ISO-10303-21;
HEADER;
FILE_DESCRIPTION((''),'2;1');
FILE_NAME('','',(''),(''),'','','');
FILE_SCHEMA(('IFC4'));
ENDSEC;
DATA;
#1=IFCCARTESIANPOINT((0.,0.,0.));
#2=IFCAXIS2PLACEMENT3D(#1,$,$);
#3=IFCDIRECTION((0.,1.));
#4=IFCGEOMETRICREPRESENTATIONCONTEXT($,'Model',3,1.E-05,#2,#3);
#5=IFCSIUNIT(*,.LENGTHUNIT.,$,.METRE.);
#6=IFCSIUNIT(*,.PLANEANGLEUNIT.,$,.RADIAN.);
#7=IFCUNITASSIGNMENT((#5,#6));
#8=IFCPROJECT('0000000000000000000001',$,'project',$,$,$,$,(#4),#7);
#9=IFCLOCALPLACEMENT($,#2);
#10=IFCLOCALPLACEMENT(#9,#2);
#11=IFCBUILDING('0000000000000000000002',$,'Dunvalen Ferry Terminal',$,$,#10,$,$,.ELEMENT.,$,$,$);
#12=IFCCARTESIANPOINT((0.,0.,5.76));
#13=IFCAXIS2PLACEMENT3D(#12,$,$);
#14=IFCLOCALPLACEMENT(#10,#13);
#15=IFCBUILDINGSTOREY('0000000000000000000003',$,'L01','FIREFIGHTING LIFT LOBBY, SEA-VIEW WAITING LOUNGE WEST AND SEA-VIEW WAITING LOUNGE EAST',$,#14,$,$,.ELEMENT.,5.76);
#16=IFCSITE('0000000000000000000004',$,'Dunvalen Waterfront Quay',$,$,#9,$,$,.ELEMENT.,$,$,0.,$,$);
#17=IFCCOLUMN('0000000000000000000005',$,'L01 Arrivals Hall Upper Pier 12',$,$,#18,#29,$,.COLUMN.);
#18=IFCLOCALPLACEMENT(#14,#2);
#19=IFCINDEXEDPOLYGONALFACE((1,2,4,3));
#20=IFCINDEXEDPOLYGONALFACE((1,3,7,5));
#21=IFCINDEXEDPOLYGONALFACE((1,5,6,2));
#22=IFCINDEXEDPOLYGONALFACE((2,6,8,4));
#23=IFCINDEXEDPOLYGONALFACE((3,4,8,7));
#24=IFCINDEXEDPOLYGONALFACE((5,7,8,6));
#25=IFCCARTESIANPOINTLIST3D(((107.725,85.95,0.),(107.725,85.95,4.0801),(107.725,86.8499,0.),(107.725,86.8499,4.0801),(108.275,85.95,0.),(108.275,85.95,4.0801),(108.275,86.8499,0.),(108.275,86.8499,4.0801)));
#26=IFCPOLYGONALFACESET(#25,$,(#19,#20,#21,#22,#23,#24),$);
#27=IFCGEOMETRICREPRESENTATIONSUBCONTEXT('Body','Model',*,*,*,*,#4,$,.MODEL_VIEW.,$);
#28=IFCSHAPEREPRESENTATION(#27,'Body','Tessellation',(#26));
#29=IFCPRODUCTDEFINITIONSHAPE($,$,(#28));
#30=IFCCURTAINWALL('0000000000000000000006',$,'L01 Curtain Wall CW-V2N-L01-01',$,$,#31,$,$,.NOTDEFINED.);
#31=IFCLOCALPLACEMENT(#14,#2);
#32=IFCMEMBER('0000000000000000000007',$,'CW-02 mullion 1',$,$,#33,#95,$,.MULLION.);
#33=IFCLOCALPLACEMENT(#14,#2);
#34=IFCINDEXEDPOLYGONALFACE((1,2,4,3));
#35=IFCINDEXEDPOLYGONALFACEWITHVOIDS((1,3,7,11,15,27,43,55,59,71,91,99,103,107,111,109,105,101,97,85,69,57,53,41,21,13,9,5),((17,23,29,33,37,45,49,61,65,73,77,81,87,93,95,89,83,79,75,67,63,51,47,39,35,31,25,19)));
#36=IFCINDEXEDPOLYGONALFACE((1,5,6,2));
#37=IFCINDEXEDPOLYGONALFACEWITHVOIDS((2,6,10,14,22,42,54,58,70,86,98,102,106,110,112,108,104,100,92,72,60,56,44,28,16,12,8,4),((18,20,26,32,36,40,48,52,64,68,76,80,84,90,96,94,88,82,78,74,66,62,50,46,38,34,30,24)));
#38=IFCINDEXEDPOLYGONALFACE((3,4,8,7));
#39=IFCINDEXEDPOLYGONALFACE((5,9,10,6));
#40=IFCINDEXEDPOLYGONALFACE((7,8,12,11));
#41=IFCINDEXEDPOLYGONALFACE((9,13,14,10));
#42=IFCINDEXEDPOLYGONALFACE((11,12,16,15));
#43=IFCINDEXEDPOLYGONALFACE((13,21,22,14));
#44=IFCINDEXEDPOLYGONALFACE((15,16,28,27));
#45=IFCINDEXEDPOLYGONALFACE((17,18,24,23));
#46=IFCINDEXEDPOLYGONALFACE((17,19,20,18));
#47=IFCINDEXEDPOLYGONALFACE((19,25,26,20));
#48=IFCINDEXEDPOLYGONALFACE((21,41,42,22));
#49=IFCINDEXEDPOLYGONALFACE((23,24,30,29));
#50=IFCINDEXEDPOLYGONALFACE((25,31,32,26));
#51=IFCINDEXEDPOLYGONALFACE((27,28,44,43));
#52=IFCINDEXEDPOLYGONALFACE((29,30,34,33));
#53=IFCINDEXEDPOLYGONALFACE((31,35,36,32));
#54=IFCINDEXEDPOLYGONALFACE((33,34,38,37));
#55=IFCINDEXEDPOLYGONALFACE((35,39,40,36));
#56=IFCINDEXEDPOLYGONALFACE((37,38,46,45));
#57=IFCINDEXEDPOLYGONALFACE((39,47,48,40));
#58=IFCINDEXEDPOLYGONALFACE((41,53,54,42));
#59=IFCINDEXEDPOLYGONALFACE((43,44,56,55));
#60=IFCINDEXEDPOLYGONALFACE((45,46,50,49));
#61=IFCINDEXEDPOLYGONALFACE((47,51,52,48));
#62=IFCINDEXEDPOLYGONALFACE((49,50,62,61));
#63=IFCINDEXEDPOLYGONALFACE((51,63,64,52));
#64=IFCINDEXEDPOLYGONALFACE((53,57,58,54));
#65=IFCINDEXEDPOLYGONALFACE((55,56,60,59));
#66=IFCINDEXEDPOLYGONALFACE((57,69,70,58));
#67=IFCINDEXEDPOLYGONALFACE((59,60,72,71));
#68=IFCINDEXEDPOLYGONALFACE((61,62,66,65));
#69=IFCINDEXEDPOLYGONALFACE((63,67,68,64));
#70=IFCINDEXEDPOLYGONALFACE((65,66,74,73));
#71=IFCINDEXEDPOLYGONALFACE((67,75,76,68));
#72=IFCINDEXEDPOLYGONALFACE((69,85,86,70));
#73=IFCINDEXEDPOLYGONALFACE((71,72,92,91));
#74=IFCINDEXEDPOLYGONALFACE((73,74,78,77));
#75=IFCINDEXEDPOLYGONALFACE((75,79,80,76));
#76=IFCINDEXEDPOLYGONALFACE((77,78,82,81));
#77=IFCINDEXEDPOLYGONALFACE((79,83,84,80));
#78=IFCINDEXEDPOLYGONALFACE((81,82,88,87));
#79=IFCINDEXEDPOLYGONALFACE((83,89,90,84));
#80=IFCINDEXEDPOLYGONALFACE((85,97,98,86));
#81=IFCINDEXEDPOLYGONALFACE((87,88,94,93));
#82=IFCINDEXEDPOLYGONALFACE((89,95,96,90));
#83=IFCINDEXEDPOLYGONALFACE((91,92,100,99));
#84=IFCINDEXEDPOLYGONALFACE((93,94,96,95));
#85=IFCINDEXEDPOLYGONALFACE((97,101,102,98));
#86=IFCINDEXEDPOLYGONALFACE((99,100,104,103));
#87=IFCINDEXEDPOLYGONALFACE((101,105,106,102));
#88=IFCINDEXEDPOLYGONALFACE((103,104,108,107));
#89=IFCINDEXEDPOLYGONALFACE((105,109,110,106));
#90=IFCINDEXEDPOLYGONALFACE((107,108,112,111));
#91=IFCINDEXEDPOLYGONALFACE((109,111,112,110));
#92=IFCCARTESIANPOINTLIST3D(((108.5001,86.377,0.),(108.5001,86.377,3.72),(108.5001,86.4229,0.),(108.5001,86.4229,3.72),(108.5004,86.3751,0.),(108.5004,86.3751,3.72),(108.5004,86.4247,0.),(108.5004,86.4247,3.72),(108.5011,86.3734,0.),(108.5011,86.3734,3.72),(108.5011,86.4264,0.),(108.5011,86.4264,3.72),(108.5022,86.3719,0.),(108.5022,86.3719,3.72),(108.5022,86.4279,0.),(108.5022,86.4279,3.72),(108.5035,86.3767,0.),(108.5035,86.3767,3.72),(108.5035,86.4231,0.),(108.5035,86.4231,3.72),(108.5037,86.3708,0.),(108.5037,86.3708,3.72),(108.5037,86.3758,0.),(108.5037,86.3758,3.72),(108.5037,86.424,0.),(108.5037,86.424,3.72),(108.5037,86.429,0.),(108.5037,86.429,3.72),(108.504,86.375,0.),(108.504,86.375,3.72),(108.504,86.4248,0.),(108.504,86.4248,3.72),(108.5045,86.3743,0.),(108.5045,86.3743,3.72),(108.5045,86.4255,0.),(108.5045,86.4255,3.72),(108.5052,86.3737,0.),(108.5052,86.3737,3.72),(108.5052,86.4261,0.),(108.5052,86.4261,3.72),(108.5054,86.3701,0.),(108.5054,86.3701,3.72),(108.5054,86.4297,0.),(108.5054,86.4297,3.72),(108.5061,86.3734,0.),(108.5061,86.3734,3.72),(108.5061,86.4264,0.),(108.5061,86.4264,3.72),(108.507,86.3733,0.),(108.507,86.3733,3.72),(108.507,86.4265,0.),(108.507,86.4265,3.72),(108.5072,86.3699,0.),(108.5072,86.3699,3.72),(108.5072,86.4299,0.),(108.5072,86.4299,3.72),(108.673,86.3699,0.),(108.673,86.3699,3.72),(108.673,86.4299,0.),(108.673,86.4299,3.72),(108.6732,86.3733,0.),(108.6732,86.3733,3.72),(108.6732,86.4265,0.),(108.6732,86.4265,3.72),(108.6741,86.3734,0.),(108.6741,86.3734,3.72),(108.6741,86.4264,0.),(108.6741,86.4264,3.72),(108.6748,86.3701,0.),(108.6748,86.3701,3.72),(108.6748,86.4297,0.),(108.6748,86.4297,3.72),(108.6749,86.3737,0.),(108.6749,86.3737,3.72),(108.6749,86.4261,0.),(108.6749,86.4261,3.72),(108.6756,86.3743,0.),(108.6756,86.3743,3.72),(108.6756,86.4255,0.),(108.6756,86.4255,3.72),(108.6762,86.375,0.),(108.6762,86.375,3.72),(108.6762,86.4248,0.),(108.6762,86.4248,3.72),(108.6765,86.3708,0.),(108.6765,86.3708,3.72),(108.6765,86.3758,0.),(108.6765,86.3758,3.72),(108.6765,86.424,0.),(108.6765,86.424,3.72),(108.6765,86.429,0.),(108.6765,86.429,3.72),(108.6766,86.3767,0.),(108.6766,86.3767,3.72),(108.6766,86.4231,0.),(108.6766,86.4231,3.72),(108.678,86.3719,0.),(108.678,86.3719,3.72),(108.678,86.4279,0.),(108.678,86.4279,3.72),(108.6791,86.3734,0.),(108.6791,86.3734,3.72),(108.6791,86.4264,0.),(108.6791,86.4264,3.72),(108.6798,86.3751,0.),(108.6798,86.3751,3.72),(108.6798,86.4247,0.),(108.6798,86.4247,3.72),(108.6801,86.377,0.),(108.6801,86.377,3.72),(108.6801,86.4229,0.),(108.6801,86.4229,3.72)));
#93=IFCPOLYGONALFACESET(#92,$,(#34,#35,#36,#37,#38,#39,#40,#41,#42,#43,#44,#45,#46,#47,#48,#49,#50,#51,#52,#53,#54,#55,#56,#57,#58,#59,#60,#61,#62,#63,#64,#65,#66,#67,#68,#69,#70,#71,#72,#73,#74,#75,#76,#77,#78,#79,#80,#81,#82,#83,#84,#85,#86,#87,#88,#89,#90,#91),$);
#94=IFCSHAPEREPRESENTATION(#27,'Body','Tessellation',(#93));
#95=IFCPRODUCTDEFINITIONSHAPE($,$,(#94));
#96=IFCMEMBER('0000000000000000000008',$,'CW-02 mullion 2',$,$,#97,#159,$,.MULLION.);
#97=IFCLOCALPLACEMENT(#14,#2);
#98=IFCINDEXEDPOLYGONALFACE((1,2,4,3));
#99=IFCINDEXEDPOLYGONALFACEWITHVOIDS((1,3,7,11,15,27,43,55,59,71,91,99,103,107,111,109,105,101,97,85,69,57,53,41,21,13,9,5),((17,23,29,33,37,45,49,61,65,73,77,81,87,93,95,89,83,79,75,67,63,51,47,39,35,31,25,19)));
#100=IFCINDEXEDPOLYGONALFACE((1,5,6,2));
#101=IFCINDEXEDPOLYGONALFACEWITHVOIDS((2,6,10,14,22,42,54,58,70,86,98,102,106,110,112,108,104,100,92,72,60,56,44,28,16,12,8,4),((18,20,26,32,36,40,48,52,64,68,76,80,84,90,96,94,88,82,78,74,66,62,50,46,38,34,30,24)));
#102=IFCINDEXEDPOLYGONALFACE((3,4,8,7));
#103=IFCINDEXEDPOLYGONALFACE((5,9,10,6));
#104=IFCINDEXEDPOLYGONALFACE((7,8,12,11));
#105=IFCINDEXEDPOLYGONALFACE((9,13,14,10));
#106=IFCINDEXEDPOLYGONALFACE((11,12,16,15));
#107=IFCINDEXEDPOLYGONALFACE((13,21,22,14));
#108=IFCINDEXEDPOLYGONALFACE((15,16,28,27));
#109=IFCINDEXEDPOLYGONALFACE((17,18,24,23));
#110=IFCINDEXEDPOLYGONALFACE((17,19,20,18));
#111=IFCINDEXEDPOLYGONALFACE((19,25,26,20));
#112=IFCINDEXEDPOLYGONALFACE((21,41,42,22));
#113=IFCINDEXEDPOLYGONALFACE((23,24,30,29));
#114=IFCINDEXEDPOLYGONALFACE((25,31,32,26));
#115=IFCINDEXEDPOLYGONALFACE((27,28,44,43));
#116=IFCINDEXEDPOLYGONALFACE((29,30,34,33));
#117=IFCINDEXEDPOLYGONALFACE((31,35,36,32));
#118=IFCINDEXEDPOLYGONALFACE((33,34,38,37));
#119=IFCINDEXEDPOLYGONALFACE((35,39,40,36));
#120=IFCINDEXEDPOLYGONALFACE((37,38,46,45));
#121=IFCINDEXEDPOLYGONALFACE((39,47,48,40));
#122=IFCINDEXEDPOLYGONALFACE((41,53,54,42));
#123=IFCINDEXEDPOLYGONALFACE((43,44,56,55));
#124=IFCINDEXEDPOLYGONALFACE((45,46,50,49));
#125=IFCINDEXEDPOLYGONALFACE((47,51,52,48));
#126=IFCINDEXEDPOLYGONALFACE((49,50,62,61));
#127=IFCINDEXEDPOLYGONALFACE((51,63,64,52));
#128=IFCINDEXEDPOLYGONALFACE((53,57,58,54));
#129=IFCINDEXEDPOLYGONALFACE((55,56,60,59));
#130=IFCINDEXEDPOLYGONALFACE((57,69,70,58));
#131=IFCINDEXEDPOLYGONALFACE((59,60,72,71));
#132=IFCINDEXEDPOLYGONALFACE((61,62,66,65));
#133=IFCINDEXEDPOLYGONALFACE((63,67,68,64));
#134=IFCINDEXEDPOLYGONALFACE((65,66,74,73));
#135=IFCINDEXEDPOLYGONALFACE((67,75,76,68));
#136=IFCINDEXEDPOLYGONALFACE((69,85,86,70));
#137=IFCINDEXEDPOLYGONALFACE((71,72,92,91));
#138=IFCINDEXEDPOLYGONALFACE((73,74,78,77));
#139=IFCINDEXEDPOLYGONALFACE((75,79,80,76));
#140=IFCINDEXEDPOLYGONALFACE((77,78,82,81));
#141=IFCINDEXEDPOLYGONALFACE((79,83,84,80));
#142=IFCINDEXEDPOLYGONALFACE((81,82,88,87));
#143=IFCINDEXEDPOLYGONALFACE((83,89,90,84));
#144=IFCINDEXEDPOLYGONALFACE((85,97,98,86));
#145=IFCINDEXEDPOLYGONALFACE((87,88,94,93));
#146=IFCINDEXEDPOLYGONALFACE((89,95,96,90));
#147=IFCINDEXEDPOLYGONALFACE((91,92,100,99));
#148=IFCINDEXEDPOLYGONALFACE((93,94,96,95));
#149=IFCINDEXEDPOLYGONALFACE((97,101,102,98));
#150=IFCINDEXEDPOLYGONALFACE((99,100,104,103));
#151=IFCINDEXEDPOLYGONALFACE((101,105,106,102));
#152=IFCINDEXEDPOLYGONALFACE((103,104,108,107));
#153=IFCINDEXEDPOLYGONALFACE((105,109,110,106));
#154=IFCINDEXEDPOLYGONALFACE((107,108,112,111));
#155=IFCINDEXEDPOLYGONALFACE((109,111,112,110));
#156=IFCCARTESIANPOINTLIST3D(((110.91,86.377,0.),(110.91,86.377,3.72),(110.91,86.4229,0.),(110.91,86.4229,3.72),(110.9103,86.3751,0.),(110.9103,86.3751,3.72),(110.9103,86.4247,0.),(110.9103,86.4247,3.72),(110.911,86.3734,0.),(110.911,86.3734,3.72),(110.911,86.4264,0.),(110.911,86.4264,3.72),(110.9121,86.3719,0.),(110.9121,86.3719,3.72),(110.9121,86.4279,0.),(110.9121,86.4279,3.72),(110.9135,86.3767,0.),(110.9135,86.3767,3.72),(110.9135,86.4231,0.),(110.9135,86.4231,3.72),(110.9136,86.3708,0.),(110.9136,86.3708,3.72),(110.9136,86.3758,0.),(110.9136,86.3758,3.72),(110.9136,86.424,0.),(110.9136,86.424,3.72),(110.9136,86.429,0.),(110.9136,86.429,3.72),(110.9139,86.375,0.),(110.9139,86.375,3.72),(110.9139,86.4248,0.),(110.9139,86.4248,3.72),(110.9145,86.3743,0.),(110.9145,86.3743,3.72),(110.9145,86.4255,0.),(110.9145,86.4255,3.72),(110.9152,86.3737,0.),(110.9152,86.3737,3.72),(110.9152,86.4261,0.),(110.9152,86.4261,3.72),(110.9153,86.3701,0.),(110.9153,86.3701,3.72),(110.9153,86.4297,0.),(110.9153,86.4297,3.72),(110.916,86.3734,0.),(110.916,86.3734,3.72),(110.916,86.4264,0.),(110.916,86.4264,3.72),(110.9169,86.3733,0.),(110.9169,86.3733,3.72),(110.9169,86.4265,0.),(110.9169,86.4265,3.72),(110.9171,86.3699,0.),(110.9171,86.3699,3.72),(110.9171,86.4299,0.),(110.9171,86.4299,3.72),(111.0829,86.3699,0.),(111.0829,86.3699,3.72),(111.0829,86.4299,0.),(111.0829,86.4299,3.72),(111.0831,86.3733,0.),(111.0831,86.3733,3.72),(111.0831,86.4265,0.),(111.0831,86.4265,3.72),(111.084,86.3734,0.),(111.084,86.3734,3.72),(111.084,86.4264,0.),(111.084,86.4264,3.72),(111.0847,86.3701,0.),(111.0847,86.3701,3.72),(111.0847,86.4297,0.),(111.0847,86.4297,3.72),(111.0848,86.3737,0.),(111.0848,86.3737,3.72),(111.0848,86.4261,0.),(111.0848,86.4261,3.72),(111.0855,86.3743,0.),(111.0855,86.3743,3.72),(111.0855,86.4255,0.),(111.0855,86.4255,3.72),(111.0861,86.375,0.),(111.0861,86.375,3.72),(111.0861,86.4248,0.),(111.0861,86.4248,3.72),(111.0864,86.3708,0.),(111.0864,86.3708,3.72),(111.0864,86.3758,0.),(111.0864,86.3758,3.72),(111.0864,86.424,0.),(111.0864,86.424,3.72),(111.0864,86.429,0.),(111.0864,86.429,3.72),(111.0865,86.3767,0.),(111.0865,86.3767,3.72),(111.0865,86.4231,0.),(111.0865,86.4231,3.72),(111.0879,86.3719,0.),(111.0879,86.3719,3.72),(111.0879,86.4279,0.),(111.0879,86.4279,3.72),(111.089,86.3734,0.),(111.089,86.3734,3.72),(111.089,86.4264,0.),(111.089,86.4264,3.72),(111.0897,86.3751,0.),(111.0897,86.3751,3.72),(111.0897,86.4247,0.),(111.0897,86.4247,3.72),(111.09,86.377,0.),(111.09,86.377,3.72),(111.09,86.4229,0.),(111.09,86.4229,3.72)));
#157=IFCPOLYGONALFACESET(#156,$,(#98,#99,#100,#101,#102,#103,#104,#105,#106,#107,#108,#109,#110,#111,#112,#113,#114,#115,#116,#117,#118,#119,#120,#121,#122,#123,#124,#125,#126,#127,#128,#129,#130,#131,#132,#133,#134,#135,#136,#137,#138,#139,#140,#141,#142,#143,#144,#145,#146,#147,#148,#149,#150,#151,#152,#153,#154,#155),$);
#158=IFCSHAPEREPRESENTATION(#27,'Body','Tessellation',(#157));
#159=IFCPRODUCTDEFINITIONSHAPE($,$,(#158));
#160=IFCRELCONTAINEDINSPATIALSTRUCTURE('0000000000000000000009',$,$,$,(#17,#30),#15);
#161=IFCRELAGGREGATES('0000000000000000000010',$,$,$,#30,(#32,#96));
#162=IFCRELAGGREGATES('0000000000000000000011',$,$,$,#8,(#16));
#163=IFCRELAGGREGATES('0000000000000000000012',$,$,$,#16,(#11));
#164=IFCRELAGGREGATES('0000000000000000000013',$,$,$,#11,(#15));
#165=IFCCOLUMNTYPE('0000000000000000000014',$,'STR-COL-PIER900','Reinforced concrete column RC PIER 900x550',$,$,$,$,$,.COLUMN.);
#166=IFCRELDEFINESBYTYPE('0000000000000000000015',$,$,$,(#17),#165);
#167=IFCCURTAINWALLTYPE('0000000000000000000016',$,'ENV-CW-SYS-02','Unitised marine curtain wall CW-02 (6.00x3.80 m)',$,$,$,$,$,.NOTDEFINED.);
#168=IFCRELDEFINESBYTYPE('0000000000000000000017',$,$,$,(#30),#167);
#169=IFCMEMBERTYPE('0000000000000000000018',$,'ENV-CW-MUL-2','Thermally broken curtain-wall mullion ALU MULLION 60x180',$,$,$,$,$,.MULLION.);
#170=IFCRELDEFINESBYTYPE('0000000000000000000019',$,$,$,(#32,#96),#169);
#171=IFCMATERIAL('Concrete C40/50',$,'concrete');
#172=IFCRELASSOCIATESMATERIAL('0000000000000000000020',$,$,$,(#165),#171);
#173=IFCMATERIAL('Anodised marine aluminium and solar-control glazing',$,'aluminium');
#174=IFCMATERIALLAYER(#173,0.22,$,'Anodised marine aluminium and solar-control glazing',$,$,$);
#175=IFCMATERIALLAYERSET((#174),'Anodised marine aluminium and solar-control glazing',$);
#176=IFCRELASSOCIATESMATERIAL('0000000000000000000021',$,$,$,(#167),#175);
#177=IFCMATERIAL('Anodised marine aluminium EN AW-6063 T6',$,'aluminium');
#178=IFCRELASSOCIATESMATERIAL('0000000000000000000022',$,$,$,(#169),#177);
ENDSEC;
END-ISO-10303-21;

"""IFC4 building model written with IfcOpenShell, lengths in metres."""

from ifc_helpers import new_model, si_unit, direction, frame, origin, origin_2d, place, context, subcontext, project, spatial, rectangle, hollow_rectangle, extrude, material, layer, layer_set, material_profile, profile_set, type_object, element, aggregate, save


model = new_model("IFC4")

# Units and contexts
model_context = context("Model", 3, precision=1e-05, world=origin(), true_north=direction((0.0, 1.0)))
body_context = subcontext(model_context, "Body", "Model", "MODEL_VIEW")
ifc_project = project(units=[si_unit("LENGTHUNIT", "METRE"), si_unit("PLANEANGLEUNIT", "RADIAN")], contexts=[model_context])

# Site, building, storey
site_placement = place(None, origin())
site = spatial("IfcSite", under=ifc_project, at=site_placement, Name="Dunvalen Waterfront Quay", CompositionType="ELEMENT", RefElevation=0.0)
building_placement = place(site_placement, origin())
building = spatial("IfcBuilding", under=site, at=building_placement, Name="Dunvalen Ferry Terminal", CompositionType="ELEMENT")
storey_placement = place(building_placement, frame((0.0, 0.0, 5.76)))
storey = spatial("IfcBuildingStorey", under=building, at=storey_placement, Name="L01", Description="FIREFIGHTING LIFT LOBBY, SEA-VIEW WAITING LOUNGE WEST AND SEA-VIEW WAITING LOUNGE EAST", CompositionType="ELEMENT", Elevation=5.76)

# Column
ifc_material_1 = material(Name="Concrete C40/50", Category="concrete")
ifc_material_profile_1 = material_profile(ifc_material_1, rectangle(XDim=0.55, YDim=0.8999, at=origin_2d()), Name="Concrete C40/50")
ifc_profile_set_1 = profile_set([ifc_material_profile_1], Name="Concrete C40/50")
column_type = type_object("IfcColumnType", Name="STR-COL-PIER900", Description="Reinforced concrete column RC PIER 900x550", PredefinedType="COLUMN", material=ifc_profile_set_1)
column_placement = place(storey_placement, frame((108.0, 86.3999, 0.0), z_axis=(0.0, 0.0, 1.0), x_axis=(1.0, 0.0, 0.0)))
element("IfcColumn", 1, at=column_placement, inside=storey, type_object=column_type, Name="L01 Arrivals Hall Upper Pier 12", PredefinedType="COLUMN", context=body_context, shape_type="SweptSolid", body=[
    extrude(rectangle(XDim=0.55, YDim=0.8999, at=origin_2d()), origin(), (0.0, 0.0, 1.0), 4.0801),
])

# Curtain wall, members
ifc_material_2 = material(Name="Anodised marine aluminium and solar-control glazing", Category="aluminium")
ifc_layer_1 = layer(ifc_material_2, 0.22, Name="Anodised marine aluminium and solar-control glazing")
ifc_layer_set_1 = layer_set([ifc_layer_1], Name="Anodised marine aluminium and solar-control glazing")
curtain_wall_type_1 = type_object("IfcCurtainWallType", Name="ENV-CW-SYS-02", Description="Unitised marine curtain wall CW-02 (6.00x3.80 m)", PredefinedType="NOTDEFINED", material=ifc_layer_set_1)
curtain_wall_1_placement = place(storey_placement, origin())
curtain_wall_1 = element("IfcCurtainWall", 2, at=curtain_wall_1_placement, inside=storey, type_object=curtain_wall_type_1, Name="L01 Curtain Wall CW-V2N-L01-01", PredefinedType="NOTDEFINED")
ifc_material_3 = material(Name="Anodised marine aluminium EN AW-6063 T6", Category="aluminium")
ifc_material_profile_2 = material_profile(ifc_material_3, hollow_rectangle(XDim=0.0601, YDim=0.1799, WallThickness=0.0034, InnerFilletRadius=0.0034, OuterFilletRadius=0.0071, at=origin_2d()), Name="Anodised marine aluminium EN AW-6063 T6")
ifc_profile_set_2 = profile_set([ifc_material_profile_2], Name="Anodised marine aluminium EN AW-6063 T6")
member_type_1 = type_object("IfcMemberType", Name="ENV-CW-MUL-2", Description="Thermally broken curtain-wall mullion ALU MULLION 60x180", PredefinedType="MULLION", material=ifc_profile_set_2)
member_1_placement = place(storey_placement, frame((108.5901, 86.3999, 0.0), z_axis=(0.0, 0.0, 1.0), x_axis=(0.0, 1.0, 0.0)))
member_1 = element("IfcMember", 3, at=member_1_placement, type_object=member_type_1, Name="CW-02 mullion 1", PredefinedType="MULLION", context=body_context, shape_type="SweptSolid", body=[
    extrude(hollow_rectangle(XDim=0.0601, YDim=0.1799, WallThickness=0.0034, InnerFilletRadius=0.0034, OuterFilletRadius=0.0071, at=origin_2d()), origin(), (0.0, 0.0, 1.0), 3.72),
])
member_2_placement = place(storey_placement, frame((111.0, 86.3999, 0.0), z_axis=(0.0, 0.0, 1.0), x_axis=(0.0, 1.0, 0.0)))
member_2 = element("IfcMember", 4, at=member_2_placement, type_object=member_type_1, Name="CW-02 mullion 2", PredefinedType="MULLION", context=body_context, shape_type="SweptSolid", body=[
    extrude(hollow_rectangle(XDim=0.0601, YDim=0.1799, WallThickness=0.0034, InnerFilletRadius=0.0034, OuterFilletRadius=0.0071, at=origin_2d()), origin(), (0.0, 0.0, 1.0), 3.72),
])

aggregate(curtain_wall_1, [member_1, member_2])

save(model, "model.ifc")
